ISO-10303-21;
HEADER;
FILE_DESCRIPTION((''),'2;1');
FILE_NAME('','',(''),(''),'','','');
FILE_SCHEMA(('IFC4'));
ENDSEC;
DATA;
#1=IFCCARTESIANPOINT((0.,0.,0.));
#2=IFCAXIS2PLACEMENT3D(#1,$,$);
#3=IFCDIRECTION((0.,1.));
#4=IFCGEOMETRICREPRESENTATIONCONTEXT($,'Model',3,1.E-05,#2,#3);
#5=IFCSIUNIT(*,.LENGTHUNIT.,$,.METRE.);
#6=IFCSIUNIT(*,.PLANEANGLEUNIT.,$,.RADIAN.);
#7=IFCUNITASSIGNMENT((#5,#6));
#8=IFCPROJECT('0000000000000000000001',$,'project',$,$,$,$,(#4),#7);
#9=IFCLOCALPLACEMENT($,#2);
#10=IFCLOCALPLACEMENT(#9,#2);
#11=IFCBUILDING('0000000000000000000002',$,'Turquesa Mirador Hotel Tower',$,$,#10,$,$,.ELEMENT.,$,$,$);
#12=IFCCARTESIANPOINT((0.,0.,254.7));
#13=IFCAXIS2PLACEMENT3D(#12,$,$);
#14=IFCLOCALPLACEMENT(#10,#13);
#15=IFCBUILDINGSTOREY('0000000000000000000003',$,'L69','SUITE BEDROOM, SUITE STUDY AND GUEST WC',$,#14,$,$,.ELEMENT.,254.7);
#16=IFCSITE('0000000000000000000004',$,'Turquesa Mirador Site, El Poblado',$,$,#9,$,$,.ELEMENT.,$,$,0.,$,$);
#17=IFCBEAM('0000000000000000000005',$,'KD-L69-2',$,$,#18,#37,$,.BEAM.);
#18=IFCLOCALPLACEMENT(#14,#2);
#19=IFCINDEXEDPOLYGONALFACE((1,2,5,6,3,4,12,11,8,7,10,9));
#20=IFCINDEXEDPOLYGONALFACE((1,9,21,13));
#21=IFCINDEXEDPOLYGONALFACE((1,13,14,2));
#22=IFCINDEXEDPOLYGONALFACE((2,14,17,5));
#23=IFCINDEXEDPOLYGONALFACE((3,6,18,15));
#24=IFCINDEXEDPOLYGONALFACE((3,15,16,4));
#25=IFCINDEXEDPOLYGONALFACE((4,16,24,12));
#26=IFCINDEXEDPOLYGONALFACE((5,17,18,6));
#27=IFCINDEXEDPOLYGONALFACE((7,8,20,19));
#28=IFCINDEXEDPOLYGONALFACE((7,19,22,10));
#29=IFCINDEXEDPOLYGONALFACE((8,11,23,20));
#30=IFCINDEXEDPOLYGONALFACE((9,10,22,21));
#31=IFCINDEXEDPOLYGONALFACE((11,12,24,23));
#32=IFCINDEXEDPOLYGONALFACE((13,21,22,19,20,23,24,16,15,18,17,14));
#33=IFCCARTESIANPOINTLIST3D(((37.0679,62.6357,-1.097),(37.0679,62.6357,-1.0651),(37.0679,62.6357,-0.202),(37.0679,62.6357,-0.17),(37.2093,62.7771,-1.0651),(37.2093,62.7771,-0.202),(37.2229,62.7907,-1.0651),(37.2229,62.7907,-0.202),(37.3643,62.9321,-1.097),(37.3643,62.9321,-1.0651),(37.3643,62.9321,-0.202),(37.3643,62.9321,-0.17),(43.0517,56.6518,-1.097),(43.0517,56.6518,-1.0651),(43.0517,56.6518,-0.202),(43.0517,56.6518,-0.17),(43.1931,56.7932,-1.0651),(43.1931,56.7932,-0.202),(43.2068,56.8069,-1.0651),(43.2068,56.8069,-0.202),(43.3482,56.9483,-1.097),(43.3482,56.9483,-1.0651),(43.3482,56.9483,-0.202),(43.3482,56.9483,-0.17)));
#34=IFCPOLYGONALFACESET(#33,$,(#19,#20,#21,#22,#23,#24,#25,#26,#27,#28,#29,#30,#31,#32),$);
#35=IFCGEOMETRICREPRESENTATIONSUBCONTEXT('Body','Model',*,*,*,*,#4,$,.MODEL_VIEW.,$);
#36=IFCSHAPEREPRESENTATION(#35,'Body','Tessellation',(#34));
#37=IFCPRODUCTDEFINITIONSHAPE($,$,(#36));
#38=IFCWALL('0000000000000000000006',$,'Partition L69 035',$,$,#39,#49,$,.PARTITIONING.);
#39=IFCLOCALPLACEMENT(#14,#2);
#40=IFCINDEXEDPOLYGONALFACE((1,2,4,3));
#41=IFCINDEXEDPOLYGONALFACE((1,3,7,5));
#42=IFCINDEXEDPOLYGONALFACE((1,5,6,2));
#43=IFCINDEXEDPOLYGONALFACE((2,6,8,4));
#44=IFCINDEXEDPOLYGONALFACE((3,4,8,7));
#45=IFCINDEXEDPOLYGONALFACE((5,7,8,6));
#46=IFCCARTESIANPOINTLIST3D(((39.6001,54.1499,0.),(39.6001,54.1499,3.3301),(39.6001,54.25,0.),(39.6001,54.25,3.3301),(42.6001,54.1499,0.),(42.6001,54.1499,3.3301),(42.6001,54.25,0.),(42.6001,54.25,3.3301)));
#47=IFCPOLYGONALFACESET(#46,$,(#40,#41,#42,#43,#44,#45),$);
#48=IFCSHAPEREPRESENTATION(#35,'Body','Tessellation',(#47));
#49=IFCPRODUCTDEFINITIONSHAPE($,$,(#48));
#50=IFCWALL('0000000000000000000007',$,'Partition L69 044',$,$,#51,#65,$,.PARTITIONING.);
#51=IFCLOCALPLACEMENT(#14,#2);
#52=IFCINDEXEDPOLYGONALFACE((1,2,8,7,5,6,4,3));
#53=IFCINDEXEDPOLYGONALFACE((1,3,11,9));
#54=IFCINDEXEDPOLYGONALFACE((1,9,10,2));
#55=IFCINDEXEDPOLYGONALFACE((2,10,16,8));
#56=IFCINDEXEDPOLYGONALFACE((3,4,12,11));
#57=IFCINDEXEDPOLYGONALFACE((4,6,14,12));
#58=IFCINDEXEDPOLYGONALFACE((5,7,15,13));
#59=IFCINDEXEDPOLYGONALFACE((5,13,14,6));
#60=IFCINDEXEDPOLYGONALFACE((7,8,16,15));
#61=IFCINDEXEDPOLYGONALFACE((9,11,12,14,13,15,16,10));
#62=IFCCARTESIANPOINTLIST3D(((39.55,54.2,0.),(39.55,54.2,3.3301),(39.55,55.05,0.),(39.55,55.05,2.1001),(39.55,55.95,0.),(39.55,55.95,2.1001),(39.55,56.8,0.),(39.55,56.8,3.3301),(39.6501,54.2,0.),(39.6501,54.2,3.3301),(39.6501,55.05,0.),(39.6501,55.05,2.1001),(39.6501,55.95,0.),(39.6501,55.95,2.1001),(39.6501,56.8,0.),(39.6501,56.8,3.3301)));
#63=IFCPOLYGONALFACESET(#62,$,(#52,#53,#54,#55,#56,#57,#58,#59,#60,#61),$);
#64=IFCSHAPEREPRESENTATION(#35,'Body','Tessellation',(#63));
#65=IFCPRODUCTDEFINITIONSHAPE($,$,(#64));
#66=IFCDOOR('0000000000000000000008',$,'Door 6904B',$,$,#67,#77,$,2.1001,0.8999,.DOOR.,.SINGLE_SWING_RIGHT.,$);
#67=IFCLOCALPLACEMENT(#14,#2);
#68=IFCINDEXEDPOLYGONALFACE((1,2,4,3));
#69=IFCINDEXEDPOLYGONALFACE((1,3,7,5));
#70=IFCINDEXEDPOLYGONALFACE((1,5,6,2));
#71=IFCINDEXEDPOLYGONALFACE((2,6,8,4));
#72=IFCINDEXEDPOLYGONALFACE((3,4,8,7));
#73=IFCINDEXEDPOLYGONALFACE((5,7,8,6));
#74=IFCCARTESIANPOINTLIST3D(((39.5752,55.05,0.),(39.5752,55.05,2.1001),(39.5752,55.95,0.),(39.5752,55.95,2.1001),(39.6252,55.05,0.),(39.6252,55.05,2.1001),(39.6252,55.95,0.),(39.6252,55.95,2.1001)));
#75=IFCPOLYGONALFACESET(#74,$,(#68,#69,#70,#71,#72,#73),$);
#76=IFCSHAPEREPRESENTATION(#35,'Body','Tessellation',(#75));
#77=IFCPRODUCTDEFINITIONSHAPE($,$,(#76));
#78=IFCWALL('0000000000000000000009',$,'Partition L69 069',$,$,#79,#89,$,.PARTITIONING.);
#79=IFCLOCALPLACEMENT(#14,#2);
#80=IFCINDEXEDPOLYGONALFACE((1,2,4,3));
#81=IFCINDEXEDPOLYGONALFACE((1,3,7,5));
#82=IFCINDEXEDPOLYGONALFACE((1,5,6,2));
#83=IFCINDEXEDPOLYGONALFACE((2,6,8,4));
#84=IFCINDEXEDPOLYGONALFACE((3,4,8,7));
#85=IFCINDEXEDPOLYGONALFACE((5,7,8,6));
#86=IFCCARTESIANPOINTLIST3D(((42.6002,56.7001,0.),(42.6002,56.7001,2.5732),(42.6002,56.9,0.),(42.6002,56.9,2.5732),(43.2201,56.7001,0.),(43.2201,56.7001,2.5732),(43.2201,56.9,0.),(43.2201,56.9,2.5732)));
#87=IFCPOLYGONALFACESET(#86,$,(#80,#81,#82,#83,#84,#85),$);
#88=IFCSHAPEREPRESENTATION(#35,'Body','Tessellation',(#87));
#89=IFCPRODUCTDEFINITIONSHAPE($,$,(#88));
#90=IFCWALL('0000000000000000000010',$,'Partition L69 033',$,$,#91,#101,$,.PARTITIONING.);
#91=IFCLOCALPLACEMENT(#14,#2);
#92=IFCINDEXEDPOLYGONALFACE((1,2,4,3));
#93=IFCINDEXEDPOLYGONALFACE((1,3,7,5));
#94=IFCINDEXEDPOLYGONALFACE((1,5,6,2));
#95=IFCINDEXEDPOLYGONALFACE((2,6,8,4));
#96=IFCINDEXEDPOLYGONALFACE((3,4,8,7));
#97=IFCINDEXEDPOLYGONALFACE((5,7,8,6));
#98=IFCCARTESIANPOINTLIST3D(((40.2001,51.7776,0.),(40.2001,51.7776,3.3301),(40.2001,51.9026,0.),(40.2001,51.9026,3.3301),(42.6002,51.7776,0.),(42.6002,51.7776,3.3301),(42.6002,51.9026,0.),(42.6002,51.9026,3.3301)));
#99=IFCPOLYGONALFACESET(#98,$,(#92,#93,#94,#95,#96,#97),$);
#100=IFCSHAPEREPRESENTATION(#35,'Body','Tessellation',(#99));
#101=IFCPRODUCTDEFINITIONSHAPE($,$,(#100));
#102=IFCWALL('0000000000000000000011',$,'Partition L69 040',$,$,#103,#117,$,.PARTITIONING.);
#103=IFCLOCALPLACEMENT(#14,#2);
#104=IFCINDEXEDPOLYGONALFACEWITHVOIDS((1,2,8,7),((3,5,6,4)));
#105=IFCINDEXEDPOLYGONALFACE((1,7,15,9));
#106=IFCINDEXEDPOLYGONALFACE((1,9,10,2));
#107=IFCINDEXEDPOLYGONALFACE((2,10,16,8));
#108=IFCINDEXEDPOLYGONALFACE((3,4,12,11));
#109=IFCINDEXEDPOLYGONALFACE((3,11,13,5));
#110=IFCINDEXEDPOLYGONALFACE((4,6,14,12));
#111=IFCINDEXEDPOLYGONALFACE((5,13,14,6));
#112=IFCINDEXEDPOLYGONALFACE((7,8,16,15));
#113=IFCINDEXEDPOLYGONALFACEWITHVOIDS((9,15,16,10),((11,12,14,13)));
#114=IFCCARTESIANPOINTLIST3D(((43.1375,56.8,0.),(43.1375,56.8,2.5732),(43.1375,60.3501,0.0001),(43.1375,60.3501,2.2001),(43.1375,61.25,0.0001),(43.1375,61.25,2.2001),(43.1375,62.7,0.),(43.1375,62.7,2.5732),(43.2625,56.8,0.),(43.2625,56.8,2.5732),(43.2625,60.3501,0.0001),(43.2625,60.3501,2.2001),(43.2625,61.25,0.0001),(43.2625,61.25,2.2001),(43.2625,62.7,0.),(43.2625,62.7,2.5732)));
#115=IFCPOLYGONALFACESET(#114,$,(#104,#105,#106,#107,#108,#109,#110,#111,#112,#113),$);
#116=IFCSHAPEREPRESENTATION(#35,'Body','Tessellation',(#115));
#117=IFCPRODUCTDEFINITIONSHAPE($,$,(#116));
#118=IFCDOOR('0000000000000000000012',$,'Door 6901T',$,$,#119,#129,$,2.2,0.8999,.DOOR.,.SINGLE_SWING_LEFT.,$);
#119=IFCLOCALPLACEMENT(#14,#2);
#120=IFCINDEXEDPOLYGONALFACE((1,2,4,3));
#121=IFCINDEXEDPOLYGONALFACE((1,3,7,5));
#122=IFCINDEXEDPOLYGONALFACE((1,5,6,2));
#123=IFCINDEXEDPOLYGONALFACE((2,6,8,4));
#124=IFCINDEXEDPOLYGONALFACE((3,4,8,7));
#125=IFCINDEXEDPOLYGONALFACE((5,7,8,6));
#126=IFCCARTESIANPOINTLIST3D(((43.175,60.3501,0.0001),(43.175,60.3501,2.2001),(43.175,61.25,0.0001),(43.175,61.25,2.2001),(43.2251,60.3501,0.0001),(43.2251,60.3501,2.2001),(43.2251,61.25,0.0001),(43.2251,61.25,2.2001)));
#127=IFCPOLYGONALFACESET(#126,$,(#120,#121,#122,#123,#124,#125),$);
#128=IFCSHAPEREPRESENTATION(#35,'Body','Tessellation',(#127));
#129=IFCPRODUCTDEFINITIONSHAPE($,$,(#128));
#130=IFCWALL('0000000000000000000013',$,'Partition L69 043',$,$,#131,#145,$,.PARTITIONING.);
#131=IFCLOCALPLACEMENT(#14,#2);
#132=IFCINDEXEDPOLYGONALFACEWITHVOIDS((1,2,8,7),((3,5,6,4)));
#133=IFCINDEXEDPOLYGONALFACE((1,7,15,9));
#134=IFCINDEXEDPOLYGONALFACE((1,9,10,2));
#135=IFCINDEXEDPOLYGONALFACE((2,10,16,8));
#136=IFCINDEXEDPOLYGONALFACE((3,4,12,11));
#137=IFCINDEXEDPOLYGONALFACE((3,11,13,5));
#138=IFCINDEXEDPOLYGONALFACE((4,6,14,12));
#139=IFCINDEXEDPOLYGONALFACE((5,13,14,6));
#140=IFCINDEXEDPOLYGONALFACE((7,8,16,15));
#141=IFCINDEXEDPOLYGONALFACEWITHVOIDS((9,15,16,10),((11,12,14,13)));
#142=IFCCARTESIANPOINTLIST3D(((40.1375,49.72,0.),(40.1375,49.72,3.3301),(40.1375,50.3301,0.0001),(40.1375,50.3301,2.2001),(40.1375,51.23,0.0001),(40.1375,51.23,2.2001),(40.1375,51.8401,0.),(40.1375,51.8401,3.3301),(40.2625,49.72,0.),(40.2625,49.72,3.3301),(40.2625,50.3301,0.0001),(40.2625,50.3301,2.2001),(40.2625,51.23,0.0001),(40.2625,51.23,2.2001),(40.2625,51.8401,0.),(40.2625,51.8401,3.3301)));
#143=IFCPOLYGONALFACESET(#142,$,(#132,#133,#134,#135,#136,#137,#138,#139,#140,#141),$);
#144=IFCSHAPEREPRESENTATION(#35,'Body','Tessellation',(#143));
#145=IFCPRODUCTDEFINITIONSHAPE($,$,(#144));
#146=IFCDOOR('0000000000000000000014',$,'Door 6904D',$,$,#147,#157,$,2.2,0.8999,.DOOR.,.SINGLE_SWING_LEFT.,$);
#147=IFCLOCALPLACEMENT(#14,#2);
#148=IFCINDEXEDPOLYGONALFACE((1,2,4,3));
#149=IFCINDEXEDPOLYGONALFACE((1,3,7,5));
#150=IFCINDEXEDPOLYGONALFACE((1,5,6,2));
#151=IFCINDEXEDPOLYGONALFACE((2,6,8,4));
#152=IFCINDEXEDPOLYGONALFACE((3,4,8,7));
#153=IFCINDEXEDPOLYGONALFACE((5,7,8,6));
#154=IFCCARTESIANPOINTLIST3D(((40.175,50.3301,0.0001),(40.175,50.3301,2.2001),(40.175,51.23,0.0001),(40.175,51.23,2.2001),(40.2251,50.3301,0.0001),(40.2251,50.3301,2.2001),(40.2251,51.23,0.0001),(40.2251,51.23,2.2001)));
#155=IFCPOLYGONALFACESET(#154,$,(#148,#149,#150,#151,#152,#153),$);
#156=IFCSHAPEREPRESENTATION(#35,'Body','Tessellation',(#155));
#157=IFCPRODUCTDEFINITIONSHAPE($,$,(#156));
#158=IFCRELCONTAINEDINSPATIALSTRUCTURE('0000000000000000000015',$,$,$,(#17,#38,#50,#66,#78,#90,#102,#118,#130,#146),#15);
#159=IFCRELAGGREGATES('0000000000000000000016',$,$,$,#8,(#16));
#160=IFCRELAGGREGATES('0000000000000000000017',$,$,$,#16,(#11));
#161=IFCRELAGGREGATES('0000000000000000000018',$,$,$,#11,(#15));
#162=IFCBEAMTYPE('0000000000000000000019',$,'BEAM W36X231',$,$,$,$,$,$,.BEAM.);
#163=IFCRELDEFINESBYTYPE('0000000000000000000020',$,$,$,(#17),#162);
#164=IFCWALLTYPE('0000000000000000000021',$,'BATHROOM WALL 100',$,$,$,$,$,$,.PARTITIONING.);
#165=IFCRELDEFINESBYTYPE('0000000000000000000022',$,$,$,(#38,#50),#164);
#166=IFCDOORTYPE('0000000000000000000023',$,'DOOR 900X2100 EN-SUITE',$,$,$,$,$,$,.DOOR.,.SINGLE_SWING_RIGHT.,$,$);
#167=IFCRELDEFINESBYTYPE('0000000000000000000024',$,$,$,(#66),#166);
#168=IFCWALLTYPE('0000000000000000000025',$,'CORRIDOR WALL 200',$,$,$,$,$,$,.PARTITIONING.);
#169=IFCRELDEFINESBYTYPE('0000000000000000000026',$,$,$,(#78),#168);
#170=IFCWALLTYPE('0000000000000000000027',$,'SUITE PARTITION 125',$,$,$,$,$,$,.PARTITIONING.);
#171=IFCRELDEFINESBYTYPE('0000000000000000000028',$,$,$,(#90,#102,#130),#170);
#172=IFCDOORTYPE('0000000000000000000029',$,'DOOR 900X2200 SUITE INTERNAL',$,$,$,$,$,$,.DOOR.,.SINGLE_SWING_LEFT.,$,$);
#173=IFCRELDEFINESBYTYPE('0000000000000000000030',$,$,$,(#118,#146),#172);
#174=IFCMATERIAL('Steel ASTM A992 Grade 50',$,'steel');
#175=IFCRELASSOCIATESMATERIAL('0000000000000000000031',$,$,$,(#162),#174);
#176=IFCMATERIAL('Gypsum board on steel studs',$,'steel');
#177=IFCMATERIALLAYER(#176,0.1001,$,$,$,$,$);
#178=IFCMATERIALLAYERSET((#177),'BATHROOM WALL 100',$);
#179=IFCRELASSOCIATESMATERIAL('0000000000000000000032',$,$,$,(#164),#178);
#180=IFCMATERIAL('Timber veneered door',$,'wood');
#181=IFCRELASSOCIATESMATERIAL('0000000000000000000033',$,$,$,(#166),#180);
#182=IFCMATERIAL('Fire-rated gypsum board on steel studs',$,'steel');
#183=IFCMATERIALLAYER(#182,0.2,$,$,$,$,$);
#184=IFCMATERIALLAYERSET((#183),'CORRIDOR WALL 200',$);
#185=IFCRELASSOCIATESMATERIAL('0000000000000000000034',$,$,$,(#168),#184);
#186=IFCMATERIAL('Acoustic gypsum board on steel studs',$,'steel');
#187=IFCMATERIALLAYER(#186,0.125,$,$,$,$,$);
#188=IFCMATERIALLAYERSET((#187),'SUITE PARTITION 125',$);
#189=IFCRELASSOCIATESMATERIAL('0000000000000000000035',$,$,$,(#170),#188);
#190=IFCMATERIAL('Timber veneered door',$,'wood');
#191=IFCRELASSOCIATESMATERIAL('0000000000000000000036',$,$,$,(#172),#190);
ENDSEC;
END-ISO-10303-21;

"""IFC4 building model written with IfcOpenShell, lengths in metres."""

from ifc_helpers import new_model, si_unit, direction, frame, frame_2d, origin, origin_2d, place, context, subcontext, project, spatial, rectangle, i_section, extrude, material, layer, layer_set, material_profile, profile_set, type_object, element, fill, save


model = new_model("IFC4")

# Units and contexts
model_context = context("Model", 3, precision=1e-05, world=origin(), true_north=direction((0.0, 1.0)))
body_context = subcontext(model_context, "Body", "Model", "MODEL_VIEW")
ifc_project = project(units=[si_unit("LENGTHUNIT", "METRE"), si_unit("PLANEANGLEUNIT", "RADIAN")], contexts=[model_context])

# Site, building, storey
site_placement = place(None, origin())
site = spatial("IfcSite", under=ifc_project, at=site_placement, Name="Turquesa Mirador Site, El Poblado", CompositionType="ELEMENT", RefElevation=0.0)
building_placement = place(site_placement, origin())
building = spatial("IfcBuilding", under=site, at=building_placement, Name="Turquesa Mirador Hotel Tower", CompositionType="ELEMENT")
storey_placement = place(building_placement, frame((0.0, 0.0, 254.7)))
storey = spatial("IfcBuildingStorey", under=building, at=storey_placement, Name="L69", Description="SUITE BEDROOM, SUITE STUDY AND GUEST WC", CompositionType="ELEMENT", Elevation=254.7)

# Beam
ifc_material_1 = material(Name="Steel ASTM A992 Grade 50", Category="steel")
ifc_material_profile_1 = material_profile(ifc_material_1, i_section(OverallWidth=0.4192, OverallDepth=0.927, WebThickness=0.0193, FlangeThickness=0.032, at=origin_2d()), Name="W36X231")
ifc_profile_set_1 = profile_set([ifc_material_profile_1], Name="Steel ASTM A992 Grade 50")
beam_type_1 = type_object("IfcBeamType", Name="BEAM W36X231", PredefinedType="BEAM", material=ifc_profile_set_1)
beam_1_placement = place(storey_placement, frame((43.2, 56.8, -0.6335), z_axis=(-0.707107, 0.707107, 0.0), x_axis=(-0.707107, -0.707107, 0.0)))
element("IfcBeam", 1, at=beam_1_placement, inside=storey, type_object=beam_type_1, Name="KD-L69-2", PredefinedType="BEAM", context=body_context, shape_type="SweptSolid", body=[
    extrude(i_section(OverallWidth=0.4192, OverallDepth=0.927, WebThickness=0.0193, FlangeThickness=0.032, at=origin_2d()), origin(), (0.0, 0.0, 1.0), 8.4624),
])

# Wall
ifc_material_2 = material(Name="Gypsum board on steel studs", Category="steel")
ifc_layer_1 = layer(ifc_material_2, 0.1001)
ifc_layer_set_1 = layer_set([ifc_layer_1], Name="BATHROOM WALL 100")
wall_type_1 = type_object("IfcWallType", Name="BATHROOM WALL 100", PredefinedType="PARTITIONING", material=ifc_layer_set_1)
wall_1_placement = place(storey_placement, frame((39.6001, 54.2, 0.0), z_axis=(0.0, 0.0, 1.0), x_axis=(1.0, 0.0, 0.0)))
element("IfcWall", 2, at=wall_1_placement, inside=storey, type_object=wall_type_1, Name="Partition L69 035", PredefinedType="PARTITIONING", context=body_context, shape_type="SweptSolid", body=[
    extrude(rectangle(XDim=3.0, YDim=0.1001, at=frame_2d((1.5, 0.0))), origin(), (0.0, 0.0, 1.0), 3.3301),
])

# Wall, opening, door
wall_2_placement = place(storey_placement, frame((39.6001, 54.2, 0.0), z_axis=(0.0, 0.0, 1.0), x_axis=(0.0, 1.0, 0.0)))
wall_2 = element("IfcWall", 3, at=wall_2_placement, inside=storey, type_object=wall_type_1, Name="Partition L69 044", PredefinedType="PARTITIONING", context=body_context, shape_type="SweptSolid", body=[
    extrude(rectangle(XDim=2.6001, YDim=0.1001, at=frame_2d((1.3, 0.0))), origin(), (0.0, 0.0, 1.0), 3.3301),
])
opening_1_placement = place(wall_2_placement, frame((0.8501, 0.0, 0.0)))
opening_1 = element("IfcOpeningElement", 4, at=opening_1_placement, cuts=wall_2, PredefinedType="OPENING", context=body_context, shape_type="SweptSolid", body=[
    extrude(rectangle(XDim=0.8999, YDim=2.1001, at=frame_2d((0.45, 1.05))), frame((0.0, 0.0601, 0.0), z_axis=(0.0, -1.0, 0.0), x_axis=(1.0, 0.0, 0.0)), (0.0, 0.0, 1.0), 0.1201),
])
ifc_material_3 = material(Name="Timber veneered door", Category="wood")
door_type_1 = type_object("IfcDoorType", Name="DOOR 900X2100 EN-SUITE", OperationType="SINGLE_SWING_RIGHT", PredefinedType="DOOR", material=ifc_material_3)
door_1_placement = place(opening_1_placement, origin())
door_1 = element("IfcDoor", 5, at=door_1_placement, inside=storey, type_object=door_type_1, Name="Door 6904B", OperationType="SINGLE_SWING_RIGHT", OverallHeight=2.1001, OverallWidth=0.8999, PredefinedType="DOOR", context=body_context, shape_type="SweptSolid", body=[
    extrude(rectangle(XDim=0.8999, YDim=2.1001, at=frame_2d((0.45, 1.05))), frame((0.0, 0.0249, 0.0), z_axis=(0.0, -1.0, 0.0), x_axis=(1.0, 0.0, 0.0)), (0.0, 0.0, 1.0), 0.05),
])
fill(opening_1, door_1)

# Walls
ifc_material_4 = material(Name="Fire-rated gypsum board on steel studs", Category="steel")
ifc_layer_2 = layer(ifc_material_4, 0.2)
ifc_layer_set_2 = layer_set([ifc_layer_2], Name="CORRIDOR WALL 200")
wall_type_2 = type_object("IfcWallType", Name="CORRIDOR WALL 200", PredefinedType="PARTITIONING", material=ifc_layer_set_2)
wall_3_placement = place(storey_placement, frame((42.6001, 56.8, 0.0), z_axis=(0.0, 0.0, 1.0), x_axis=(1.0, 0.0, 0.0)))
element("IfcWall", 6, at=wall_3_placement, inside=storey, type_object=wall_type_2, Name="Partition L69 069", PredefinedType="PARTITIONING", context=body_context, shape_type="SweptSolid", body=[
    extrude(rectangle(XDim=0.6199, YDim=0.2, at=frame_2d((0.3101, 0.0))), origin(), (0.0, 0.0, 1.0), 2.5732),
])
ifc_material_5 = material(Name="Acoustic gypsum board on steel studs", Category="steel")
ifc_layer_3 = layer(ifc_material_5, 0.125)
ifc_layer_set_3 = layer_set([ifc_layer_3], Name="SUITE PARTITION 125")
wall_type_3 = type_object("IfcWallType", Name="SUITE PARTITION 125", PredefinedType="PARTITIONING", material=ifc_layer_set_3)
wall_4_placement = place(storey_placement, frame((40.2, 51.8401, 0.0), z_axis=(0.0, 0.0, 1.0), x_axis=(1.0, 0.0, 0.0)))
element("IfcWall", 7, at=wall_4_placement, inside=storey, type_object=wall_type_3, Name="Partition L69 033", PredefinedType="PARTITIONING", context=body_context, shape_type="SweptSolid", body=[
    extrude(rectangle(XDim=2.4001, YDim=0.125, at=frame_2d((1.2002, 0.0))), origin(), (0.0, 0.0, 1.0), 3.3301),
])

# Walls, openings, doors
wall_5_placement = place(storey_placement, frame((43.2, 56.8, 0.0), z_axis=(0.0, 0.0, 1.0), x_axis=(0.0, 1.0, 0.0)))
wall_5 = element("IfcWall", 8, at=wall_5_placement, inside=storey, type_object=wall_type_3, Name="Partition L69 040", PredefinedType="PARTITIONING", context=body_context, shape_type="SweptSolid", body=[
    extrude(rectangle(XDim=5.8999, YDim=0.125, at=frame_2d((2.95, 0.0))), origin(), (0.0, 0.0, 1.0), 2.5732),
])
opening_2_placement = place(wall_5_placement, frame((3.55, 0.0, 0.0)))
opening_2 = element("IfcOpeningElement", 9, at=opening_2_placement, cuts=wall_5, PredefinedType="OPENING", context=body_context, shape_type="SweptSolid", body=[
    extrude(rectangle(XDim=0.8999, YDim=2.2, at=frame_2d((0.45, 1.1001))), frame((0.0, 0.0725, 0.0), z_axis=(0.0, -1.0, 0.0), x_axis=(1.0, 0.0, 0.0)), (0.0, 0.0, 1.0), 0.145),
])
ifc_material_6 = material(Name="Timber veneered door", Category="wood")
door_type_2 = type_object("IfcDoorType", Name="DOOR 900X2200 SUITE INTERNAL", OperationType="SINGLE_SWING_LEFT", PredefinedType="DOOR", material=ifc_material_6)
door_2_placement = place(opening_2_placement, origin())
door_2 = element("IfcDoor", 10, at=door_2_placement, inside=storey, type_object=door_type_2, Name="Door 6901T", OperationType="SINGLE_SWING_LEFT", OverallHeight=2.2, OverallWidth=0.8999, PredefinedType="DOOR", context=body_context, shape_type="SweptSolid", body=[
    extrude(rectangle(XDim=0.8999, YDim=2.2, at=frame_2d((0.45, 1.1001))), frame((0.0, 0.0249, 0.0), z_axis=(0.0, -1.0, 0.0), x_axis=(1.0, 0.0, 0.0)), (0.0, 0.0, 1.0), 0.05),
])
fill(opening_2, door_2)
wall_6_placement = place(storey_placement, frame((40.2, 49.72, 0.0), z_axis=(0.0, 0.0, 1.0), x_axis=(0.0, 1.0, 0.0)))
wall_6 = element("IfcWall", 11, at=wall_6_placement, inside=storey, type_object=wall_type_3, Name="Partition L69 043", PredefinedType="PARTITIONING", context=body_context, shape_type="SweptSolid", body=[
    extrude(rectangle(XDim=2.1201, YDim=0.125, at=frame_2d((1.0601, 0.0))), origin(), (0.0, 0.0, 1.0), 3.3301),
])
opening_3_placement = place(wall_6_placement, frame((0.6101, 0.0, 0.0)))
opening_3 = element("IfcOpeningElement", 12, at=opening_3_placement, cuts=wall_6, PredefinedType="OPENING", context=body_context, shape_type="SweptSolid", body=[
    extrude(rectangle(XDim=0.8999, YDim=2.2, at=frame_2d((0.45, 1.1001))), frame((0.0, 0.0725, 0.0), z_axis=(0.0, -1.0, 0.0), x_axis=(1.0, 0.0, 0.0)), (0.0, 0.0, 1.0), 0.145),
])
door_3_placement = place(opening_3_placement, origin())
door_3 = element("IfcDoor", 13, at=door_3_placement, inside=storey, type_object=door_type_2, Name="Door 6904D", OperationType="SINGLE_SWING_LEFT", OverallHeight=2.2, OverallWidth=0.8999, PredefinedType="DOOR", context=body_context, shape_type="SweptSolid", body=[
    extrude(rectangle(XDim=0.8999, YDim=2.2, at=frame_2d((0.45, 1.1001))), frame((0.0, 0.0249, 0.0), z_axis=(0.0, -1.0, 0.0), x_axis=(1.0, 0.0, 0.0)), (0.0, 0.0, 1.0), 0.05),
])
fill(opening_3, door_3)

save(model, "model.ifc")
